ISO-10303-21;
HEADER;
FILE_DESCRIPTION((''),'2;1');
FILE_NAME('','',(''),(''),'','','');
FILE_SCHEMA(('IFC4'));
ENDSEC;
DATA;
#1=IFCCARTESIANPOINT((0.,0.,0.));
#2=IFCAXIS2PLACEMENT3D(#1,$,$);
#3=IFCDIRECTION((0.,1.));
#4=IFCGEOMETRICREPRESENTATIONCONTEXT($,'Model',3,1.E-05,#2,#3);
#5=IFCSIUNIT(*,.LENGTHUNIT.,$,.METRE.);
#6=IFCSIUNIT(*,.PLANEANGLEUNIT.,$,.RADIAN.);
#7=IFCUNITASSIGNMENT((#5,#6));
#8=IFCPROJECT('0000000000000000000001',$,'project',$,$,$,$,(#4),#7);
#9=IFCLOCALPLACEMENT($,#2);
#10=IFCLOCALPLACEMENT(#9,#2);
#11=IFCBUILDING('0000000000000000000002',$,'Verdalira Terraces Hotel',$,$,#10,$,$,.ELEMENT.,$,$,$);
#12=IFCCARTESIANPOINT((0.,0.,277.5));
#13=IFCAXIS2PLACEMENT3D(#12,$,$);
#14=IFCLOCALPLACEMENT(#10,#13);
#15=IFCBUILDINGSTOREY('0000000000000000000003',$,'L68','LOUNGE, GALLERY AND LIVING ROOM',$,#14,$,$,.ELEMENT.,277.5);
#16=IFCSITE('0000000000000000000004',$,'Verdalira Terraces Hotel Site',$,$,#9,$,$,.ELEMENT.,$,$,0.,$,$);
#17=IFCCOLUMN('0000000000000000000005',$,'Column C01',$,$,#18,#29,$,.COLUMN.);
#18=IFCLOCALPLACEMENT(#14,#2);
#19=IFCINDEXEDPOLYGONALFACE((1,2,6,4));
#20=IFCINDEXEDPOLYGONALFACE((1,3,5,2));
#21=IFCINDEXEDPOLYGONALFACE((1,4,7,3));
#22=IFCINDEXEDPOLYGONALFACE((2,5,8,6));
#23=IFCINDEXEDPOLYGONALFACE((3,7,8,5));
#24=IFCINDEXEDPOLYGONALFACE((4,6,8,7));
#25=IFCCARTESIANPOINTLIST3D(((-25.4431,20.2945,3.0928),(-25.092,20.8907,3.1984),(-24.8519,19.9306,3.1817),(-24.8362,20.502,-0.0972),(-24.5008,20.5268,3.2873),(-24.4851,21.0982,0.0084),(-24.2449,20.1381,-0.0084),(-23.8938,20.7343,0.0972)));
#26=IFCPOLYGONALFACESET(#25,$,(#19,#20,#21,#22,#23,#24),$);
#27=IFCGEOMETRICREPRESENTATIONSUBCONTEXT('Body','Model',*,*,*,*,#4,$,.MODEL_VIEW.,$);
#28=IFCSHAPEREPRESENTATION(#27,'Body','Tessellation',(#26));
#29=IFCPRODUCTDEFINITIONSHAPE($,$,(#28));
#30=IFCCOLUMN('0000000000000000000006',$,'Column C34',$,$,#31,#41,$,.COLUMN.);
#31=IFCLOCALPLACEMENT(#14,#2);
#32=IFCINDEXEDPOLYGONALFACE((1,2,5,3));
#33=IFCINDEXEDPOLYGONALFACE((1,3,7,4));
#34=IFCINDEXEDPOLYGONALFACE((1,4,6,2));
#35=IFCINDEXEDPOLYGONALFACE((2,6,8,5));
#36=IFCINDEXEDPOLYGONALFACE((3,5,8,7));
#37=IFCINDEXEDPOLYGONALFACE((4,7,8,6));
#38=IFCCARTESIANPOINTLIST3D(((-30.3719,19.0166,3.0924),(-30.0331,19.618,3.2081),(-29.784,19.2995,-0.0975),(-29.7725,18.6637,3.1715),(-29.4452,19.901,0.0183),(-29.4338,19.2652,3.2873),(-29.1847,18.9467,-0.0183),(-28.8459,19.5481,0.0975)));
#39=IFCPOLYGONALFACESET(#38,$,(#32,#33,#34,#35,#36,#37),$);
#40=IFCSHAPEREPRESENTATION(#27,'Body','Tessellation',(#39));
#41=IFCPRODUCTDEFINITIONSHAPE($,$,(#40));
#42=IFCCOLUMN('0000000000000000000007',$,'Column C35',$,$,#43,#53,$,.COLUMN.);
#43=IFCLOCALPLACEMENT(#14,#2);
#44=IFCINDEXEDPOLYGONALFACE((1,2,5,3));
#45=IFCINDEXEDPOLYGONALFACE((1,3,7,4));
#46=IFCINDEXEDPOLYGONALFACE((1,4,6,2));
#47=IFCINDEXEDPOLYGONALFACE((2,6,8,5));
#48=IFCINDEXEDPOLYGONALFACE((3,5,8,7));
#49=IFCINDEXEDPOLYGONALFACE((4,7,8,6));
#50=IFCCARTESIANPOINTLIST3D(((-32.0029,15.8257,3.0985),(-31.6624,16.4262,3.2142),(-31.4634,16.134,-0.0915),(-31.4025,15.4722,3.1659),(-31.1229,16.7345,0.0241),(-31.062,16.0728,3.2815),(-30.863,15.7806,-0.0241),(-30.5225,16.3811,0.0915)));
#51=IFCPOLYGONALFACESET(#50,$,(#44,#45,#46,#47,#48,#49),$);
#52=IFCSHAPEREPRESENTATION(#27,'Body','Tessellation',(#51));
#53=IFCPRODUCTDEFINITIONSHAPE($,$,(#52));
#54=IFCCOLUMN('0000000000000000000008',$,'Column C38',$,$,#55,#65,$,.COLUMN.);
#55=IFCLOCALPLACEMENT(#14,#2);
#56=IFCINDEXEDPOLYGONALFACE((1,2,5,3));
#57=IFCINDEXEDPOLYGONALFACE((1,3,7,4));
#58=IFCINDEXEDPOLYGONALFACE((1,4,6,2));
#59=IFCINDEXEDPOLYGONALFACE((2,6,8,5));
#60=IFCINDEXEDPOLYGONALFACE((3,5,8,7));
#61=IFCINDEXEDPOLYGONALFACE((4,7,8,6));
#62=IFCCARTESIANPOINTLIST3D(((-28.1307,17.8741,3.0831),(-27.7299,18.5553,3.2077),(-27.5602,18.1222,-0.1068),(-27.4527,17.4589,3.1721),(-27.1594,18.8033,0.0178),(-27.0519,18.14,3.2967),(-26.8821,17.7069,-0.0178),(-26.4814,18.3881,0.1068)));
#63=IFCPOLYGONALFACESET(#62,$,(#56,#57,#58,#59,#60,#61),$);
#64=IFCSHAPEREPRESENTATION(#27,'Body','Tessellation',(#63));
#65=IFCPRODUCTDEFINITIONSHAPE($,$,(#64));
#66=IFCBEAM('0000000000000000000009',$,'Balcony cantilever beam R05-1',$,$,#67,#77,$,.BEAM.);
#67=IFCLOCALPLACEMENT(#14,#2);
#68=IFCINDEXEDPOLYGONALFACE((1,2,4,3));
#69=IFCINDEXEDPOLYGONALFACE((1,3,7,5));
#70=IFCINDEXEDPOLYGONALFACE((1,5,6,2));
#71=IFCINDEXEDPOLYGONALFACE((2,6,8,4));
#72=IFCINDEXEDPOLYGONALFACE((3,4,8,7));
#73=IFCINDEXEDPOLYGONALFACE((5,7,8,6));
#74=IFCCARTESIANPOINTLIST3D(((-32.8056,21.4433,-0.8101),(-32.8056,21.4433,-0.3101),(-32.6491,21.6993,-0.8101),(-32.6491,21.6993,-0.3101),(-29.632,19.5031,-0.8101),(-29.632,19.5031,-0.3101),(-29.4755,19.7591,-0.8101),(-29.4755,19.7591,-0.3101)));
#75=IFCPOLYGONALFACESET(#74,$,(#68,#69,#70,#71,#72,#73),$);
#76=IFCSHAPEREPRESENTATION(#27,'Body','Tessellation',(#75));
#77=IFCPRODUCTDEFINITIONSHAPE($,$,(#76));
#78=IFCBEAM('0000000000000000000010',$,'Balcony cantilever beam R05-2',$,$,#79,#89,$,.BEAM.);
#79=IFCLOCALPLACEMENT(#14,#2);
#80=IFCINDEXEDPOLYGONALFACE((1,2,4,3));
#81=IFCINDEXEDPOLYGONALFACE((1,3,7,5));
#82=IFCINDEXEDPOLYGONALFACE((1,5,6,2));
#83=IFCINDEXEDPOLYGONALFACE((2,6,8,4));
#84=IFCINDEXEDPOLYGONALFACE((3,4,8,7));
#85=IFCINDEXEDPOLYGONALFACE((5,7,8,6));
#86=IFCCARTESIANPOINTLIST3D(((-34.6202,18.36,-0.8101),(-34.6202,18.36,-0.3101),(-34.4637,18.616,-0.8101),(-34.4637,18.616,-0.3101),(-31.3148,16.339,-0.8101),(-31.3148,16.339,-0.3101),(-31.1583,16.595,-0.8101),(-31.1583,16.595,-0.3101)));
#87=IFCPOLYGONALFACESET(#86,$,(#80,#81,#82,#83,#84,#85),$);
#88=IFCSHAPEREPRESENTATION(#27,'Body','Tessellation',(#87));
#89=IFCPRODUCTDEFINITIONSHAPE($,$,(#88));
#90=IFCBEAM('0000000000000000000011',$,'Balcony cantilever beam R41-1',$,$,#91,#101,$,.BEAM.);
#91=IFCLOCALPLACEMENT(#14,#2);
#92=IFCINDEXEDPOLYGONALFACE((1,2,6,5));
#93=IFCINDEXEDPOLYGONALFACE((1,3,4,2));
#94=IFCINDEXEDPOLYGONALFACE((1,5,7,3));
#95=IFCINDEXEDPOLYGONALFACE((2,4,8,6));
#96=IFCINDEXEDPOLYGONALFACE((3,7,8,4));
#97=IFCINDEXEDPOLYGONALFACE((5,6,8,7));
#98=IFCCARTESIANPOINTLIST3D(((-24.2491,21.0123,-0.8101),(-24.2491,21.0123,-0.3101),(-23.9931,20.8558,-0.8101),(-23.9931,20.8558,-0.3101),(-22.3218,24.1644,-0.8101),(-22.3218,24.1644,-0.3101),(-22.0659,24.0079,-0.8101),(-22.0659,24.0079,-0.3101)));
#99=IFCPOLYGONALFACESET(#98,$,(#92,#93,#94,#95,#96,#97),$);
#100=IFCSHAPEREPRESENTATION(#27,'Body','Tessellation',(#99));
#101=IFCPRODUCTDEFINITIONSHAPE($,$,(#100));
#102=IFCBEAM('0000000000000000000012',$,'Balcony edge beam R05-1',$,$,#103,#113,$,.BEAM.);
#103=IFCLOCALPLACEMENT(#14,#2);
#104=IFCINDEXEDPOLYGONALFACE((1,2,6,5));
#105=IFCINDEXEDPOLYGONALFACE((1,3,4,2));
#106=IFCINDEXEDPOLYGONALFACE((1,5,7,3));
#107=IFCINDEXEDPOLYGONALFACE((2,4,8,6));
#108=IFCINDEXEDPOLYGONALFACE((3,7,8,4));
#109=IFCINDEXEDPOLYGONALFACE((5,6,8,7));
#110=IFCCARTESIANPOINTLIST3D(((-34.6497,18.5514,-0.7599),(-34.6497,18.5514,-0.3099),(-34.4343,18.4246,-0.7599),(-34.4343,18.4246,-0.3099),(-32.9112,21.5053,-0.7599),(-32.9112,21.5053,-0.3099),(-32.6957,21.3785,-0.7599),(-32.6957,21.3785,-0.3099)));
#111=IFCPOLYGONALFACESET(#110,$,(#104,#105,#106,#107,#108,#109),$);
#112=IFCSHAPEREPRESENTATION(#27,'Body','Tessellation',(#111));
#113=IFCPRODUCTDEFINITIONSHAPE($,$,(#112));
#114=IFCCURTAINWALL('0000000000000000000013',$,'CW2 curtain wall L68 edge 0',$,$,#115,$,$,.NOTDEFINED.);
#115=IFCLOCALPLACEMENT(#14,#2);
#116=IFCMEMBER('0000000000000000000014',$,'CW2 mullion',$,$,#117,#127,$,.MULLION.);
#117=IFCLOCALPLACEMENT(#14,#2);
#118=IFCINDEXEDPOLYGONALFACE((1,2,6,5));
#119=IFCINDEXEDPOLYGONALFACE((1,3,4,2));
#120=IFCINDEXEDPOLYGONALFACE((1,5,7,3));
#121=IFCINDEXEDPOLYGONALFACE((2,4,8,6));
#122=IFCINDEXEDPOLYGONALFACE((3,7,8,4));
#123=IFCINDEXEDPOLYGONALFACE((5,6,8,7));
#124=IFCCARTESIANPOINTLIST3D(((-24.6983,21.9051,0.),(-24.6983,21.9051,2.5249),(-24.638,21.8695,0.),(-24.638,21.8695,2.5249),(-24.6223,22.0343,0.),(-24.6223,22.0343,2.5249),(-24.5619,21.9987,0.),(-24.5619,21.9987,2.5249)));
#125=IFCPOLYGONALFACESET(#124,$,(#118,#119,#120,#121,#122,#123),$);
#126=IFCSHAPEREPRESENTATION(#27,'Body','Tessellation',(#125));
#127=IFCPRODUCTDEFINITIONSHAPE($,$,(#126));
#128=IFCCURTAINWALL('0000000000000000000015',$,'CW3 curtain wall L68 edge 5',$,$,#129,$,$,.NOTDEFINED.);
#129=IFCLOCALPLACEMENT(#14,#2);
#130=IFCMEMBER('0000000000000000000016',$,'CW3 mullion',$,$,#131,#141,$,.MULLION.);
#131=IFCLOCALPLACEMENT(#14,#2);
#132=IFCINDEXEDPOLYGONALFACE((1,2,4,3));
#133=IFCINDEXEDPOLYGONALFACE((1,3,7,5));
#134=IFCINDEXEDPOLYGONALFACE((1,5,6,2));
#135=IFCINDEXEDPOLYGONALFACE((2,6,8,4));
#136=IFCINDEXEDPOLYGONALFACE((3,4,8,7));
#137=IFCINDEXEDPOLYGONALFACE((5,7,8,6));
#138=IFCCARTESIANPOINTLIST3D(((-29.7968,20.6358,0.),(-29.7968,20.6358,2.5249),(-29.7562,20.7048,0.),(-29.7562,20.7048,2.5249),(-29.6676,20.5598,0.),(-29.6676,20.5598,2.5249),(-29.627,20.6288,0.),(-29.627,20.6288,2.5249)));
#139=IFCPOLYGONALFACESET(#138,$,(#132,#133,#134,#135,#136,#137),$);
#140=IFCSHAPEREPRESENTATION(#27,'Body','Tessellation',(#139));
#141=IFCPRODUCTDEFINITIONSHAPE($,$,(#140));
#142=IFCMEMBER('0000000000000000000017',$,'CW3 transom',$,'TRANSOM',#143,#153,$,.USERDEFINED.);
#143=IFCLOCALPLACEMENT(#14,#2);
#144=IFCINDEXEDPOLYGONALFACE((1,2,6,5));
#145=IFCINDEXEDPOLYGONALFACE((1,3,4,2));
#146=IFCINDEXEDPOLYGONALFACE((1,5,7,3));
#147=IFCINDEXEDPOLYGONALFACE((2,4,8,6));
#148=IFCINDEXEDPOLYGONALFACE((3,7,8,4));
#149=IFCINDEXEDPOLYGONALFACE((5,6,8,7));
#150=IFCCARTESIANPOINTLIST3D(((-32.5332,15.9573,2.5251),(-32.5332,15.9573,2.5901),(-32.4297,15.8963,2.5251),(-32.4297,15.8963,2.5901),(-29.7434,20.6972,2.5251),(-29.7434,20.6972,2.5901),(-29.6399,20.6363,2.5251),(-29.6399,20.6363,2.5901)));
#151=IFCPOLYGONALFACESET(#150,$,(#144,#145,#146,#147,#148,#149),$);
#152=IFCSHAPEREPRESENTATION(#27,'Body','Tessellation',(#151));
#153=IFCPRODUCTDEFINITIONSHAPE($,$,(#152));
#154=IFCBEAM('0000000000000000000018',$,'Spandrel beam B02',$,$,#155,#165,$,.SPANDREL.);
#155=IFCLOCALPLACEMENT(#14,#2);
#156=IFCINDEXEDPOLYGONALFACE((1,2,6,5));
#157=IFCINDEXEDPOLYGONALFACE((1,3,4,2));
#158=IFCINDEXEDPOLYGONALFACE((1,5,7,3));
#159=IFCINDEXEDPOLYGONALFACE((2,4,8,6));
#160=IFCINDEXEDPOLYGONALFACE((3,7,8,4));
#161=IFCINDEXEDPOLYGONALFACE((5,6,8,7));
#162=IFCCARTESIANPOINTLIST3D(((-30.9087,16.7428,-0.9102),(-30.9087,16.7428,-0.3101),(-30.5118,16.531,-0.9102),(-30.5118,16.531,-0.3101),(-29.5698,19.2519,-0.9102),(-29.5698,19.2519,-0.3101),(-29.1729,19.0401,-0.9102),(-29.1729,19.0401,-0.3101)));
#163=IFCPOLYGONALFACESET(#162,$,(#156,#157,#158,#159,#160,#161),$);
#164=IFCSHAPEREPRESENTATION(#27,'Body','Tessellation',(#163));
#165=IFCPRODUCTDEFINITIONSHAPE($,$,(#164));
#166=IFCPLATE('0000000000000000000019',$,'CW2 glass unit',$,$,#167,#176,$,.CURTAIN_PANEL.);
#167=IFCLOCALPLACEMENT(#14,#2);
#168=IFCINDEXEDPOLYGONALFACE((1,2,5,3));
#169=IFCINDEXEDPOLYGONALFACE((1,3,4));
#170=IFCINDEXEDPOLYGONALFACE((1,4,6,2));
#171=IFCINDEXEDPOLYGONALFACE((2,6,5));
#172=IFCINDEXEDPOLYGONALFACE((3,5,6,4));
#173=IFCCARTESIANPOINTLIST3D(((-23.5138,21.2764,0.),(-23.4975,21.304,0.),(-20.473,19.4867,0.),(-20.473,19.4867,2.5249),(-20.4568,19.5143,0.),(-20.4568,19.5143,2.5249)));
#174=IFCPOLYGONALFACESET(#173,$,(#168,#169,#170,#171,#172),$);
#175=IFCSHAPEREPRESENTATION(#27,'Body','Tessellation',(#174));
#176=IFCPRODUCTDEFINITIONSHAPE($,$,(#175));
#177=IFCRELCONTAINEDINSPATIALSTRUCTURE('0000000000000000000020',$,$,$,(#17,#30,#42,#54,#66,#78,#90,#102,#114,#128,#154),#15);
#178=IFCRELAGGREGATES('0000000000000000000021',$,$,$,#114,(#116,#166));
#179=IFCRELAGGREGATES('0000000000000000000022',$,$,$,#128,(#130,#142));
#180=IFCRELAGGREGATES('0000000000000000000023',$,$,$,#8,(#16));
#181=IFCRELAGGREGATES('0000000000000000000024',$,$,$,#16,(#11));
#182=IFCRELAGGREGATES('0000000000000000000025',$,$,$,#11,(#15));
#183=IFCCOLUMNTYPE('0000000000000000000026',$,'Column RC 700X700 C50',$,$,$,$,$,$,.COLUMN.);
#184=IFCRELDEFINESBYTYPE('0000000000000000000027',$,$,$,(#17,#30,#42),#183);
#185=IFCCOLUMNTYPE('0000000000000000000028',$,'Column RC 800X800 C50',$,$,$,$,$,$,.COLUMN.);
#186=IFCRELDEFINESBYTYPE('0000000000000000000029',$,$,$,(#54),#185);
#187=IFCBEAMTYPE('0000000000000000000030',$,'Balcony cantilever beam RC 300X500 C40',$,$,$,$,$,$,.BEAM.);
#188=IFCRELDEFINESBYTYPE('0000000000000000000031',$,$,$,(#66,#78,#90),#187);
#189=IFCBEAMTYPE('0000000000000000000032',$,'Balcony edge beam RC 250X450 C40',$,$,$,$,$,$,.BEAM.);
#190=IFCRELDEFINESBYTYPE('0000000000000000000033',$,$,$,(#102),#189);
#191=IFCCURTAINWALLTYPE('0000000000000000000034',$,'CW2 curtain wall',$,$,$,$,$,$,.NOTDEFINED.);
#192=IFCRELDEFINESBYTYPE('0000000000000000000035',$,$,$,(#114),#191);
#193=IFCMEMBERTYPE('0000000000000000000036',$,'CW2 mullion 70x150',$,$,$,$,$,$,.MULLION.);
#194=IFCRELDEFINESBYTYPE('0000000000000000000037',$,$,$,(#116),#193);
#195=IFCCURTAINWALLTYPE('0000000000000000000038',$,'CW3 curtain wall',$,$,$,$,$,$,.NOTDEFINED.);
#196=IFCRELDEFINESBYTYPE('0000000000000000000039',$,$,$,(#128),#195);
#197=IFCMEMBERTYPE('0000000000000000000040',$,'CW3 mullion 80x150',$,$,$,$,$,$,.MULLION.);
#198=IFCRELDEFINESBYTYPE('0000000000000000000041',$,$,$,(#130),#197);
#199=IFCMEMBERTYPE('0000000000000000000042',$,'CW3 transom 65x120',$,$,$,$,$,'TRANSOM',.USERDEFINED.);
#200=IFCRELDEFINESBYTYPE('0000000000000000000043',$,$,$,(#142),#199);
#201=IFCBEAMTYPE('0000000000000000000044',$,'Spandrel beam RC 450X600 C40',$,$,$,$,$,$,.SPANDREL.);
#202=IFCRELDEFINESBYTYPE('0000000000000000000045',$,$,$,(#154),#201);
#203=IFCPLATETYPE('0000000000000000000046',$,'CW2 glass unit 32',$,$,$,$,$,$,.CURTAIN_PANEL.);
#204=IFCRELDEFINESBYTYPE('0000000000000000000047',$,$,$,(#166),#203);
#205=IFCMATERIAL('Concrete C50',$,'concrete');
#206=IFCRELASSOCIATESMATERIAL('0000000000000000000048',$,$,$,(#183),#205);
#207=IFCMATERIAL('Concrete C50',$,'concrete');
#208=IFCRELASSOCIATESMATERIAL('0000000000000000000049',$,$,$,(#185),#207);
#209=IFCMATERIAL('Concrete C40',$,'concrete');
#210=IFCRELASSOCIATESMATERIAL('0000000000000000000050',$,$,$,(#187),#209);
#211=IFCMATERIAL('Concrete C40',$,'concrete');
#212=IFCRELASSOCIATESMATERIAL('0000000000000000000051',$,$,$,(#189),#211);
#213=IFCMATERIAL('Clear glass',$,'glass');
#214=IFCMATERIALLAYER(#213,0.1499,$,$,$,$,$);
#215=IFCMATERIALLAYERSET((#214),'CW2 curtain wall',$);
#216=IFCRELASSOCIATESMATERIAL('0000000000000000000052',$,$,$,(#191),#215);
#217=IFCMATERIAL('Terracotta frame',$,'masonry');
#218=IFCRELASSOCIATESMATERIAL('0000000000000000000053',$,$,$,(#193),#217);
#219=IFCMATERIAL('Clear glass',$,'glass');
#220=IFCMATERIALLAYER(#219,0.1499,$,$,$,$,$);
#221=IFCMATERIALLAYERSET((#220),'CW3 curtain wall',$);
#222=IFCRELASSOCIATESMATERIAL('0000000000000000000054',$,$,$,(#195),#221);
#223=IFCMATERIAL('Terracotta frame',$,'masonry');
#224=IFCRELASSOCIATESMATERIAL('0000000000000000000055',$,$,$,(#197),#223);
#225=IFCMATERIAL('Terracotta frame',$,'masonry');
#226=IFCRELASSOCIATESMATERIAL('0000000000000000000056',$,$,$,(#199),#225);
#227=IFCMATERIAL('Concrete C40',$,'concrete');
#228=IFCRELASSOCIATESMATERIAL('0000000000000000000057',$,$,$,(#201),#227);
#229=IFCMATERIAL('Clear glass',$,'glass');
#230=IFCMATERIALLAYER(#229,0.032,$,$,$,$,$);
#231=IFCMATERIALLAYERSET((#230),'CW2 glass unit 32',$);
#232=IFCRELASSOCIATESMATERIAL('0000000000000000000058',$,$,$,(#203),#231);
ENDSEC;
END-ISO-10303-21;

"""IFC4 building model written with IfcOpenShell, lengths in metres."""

from ifc_helpers import new_model, si_unit, direction, frame, origin, origin_2d, place, context, subcontext, project, spatial, polyline, rectangle, outline, extrude, material, layer, layer_set, material_profile, profile_set, type_object, element, aggregate, save


model = new_model("IFC4")

# Units and contexts
model_context = context("Model", 3, precision=1e-05, world=origin(), true_north=direction((0.0, 1.0)))
body_context = subcontext(model_context, "Body", "Model", "MODEL_VIEW")
ifc_project = project(units=[si_unit("LENGTHUNIT", "METRE"), si_unit("PLANEANGLEUNIT", "RADIAN")], contexts=[model_context])

# Site, building, storey
site_placement = place(None, origin())
site = spatial("IfcSite", under=ifc_project, at=site_placement, Name="Verdalira Terraces Hotel Site", CompositionType="ELEMENT", RefElevation=0.0)
building_placement = place(site_placement, origin())
building = spatial("IfcBuilding", under=site, at=building_placement, Name="Verdalira Terraces Hotel", CompositionType="ELEMENT")
storey_placement = place(building_placement, frame((0.0, 0.0, 277.5)))
storey = spatial("IfcBuildingStorey", under=building, at=storey_placement, Name="L68", Description="LOUNGE, GALLERY AND LIVING ROOM", CompositionType="ELEMENT", Elevation=277.5)

# Columns
ifc_material_1 = material(Name="Concrete C50", Category="concrete")
ifc_material_profile_1 = material_profile(ifc_material_1, rectangle(XDim=0.7, YDim=0.7, at=origin_2d()), Name="RC 700X700")
ifc_profile_set_1 = profile_set([ifc_material_profile_1], Name="Concrete C50")
column_type_1 = type_object("IfcColumnType", Name="Column RC 700X700 C50", PredefinedType="COLUMN", material=ifc_profile_set_1)
column_1_placement = place(storey_placement, frame((-24.365, 20.6182, 0.0), z_axis=(-0.186531, -0.063778, 0.980377), x_axis=(-0.844745, 0.519905, -0.126903)))
element("IfcColumn", 1, at=column_1_placement, inside=storey, type_object=column_type_1, Name="Column C01", PredefinedType="COLUMN", context=body_context, shape_type="SweptSolid", body=[
    extrude(rectangle(XDim=0.7, YDim=0.7, at=origin_2d()), origin(), (0.0, 0.0, 1.0), 3.2539),
])
column_2_placement = place(storey_placement, frame((-29.3149, 19.4238, 0.0), z_axis=(-0.180557, -0.086904, 0.979718), x_axis=(-0.484014, -0.859282, -0.165423)))
element("IfcColumn", 2, at=column_2_placement, inside=storey, type_object=column_type_1, Name="Column C34", PredefinedType="COLUMN", context=body_context, shape_type="SweptSolid", body=[
    extrude(rectangle(XDim=0.7, YDim=0.7, at=origin_2d()), origin(), (0.0, 0.0, 1.0), 3.2559),
])
column_3_placement = place(storey_placement, frame((-30.9929, 16.2576, 0.0), z_axis=(-0.16602, -0.094879, 0.981547), x_axis=(-0.486462, -0.857939, -0.165212)))
element("IfcColumn", 3, at=column_3_placement, inside=storey, type_object=column_type_1, Name="Column C35", PredefinedType="COLUMN", context=body_context, shape_type="SweptSolid", body=[
    extrude(rectangle(XDim=0.7, YDim=0.7, at=origin_2d()), origin(), (0.0, 0.0, 1.0), 3.25),
])
ifc_material_2 = material(Name="Concrete C50", Category="concrete")
ifc_material_profile_2 = material_profile(ifc_material_2, rectangle(XDim=0.8, YDim=0.8, at=origin_2d()), Name="RC 800X800")
ifc_profile_set_2 = profile_set([ifc_material_profile_2], Name="Concrete C50")
column_type_2 = type_object("IfcColumnType", Name="Column RC 800X800 C50", PredefinedType="COLUMN", material=ifc_profile_set_2)
column_4_placement = place(storey_placement, frame((-27.0208, 18.2551, 0.0), z_axis=(-0.175553, -0.076321, 0.981507), x_axis=(-0.847508, 0.518998, -0.111229)))
element("IfcColumn", 4, at=column_4_placement, inside=storey, type_object=column_type_2, Name="Column C38", PredefinedType="COLUMN", context=body_context, shape_type="SweptSolid", body=[
    extrude(rectangle(XDim=0.8, YDim=0.8, at=origin_2d()), origin(), (0.0, 0.0, 1.0), 3.25),
])

# Beams
ifc_material_3 = material(Name="Concrete C40", Category="concrete")
ifc_material_profile_3 = material_profile(ifc_material_3, rectangle(XDim=0.3, YDim=0.5, at=origin_2d()), Name="RC 300X500")
ifc_profile_set_3 = profile_set([ifc_material_profile_3], Name="Concrete C40")
beam_type_1 = type_object("IfcBeamType", Name="Balcony cantilever beam RC 300X500 C40", PredefinedType="BEAM", material=ifc_profile_set_3)
beam_1_placement = place(storey_placement, frame((-29.5537, 19.6311, -0.5601), z_axis=(-0.853189, 0.521601, 0.0), x_axis=(-0.521601, -0.853189, 0.0)))
element("IfcBeam", 5, at=beam_1_placement, inside=storey, type_object=beam_type_1, Name="Balcony cantilever beam R05-1", PredefinedType="BEAM", context=body_context, shape_type="SweptSolid", body=[
    extrude(rectangle(XDim=0.3, YDim=0.5, at=origin_2d()), origin(), (0.0, 0.0, 1.0), 3.7197),
])
beam_2_placement = place(storey_placement, frame((-31.2366, 16.467, -0.5601), z_axis=(-0.853165, 0.521641, 0.0), x_axis=(-0.521641, -0.853165, 0.0)))
element("IfcBeam", 6, at=beam_2_placement, inside=storey, type_object=beam_type_1, Name="Balcony cantilever beam R05-2", PredefinedType="BEAM", context=body_context, shape_type="SweptSolid", body=[
    extrude(rectangle(XDim=0.3, YDim=0.5, at=origin_2d()), origin(), (0.0, 0.0, 1.0), 3.8743),
])
beam_3_placement = place(storey_placement, frame((-24.1211, 20.9341, -0.5601), z_axis=(0.52164, 0.853166, 0.0), x_axis=(-0.853166, 0.52164, 0.0)))
element("IfcBeam", 7, at=beam_3_placement, inside=storey, type_object=beam_type_1, Name="Balcony cantilever beam R41-1", PredefinedType="BEAM", context=body_context, shape_type="SweptSolid", body=[
    extrude(rectangle(XDim=0.3, YDim=0.5, at=origin_2d()), origin(), (0.0, 0.0, 1.0), 3.6946),
])
ifc_material_4 = material(Name="Concrete C40", Category="concrete")
ifc_material_profile_4 = material_profile(ifc_material_4, rectangle(XDim=0.25, YDim=0.45, at=origin_2d()), Name="RC 250X450")
ifc_profile_set_4 = profile_set([ifc_material_profile_4], Name="Concrete C40")
beam_type_2 = type_object("IfcBeamType", Name="Balcony edge beam RC 250X450 C40", PredefinedType="BEAM", material=ifc_profile_set_4)
beam_4_placement = place(storey_placement, frame((-32.8035, 21.4419, -0.5349), z_axis=(-0.507229, -0.861812, 0.0), x_axis=(0.861812, -0.507229, 0.0)))
element("IfcBeam", 8, at=beam_4_placement, inside=storey, type_object=beam_type_2, Name="Balcony edge beam R05-1", PredefinedType="BEAM", context=body_context, shape_type="SweptSolid", body=[
    extrude(rectangle(XDim=0.25, YDim=0.45, at=origin_2d()), origin(), (0.0, 0.0, 1.0), 3.4275),
])

# Curtain wall, member
ifc_material_5 = material(Name="Clear glass", Category="glass")
ifc_layer_1 = layer(ifc_material_5, 0.1499)
ifc_layer_set_1 = layer_set([ifc_layer_1], Name="CW2 curtain wall")
curtain_wall_type_1 = type_object("IfcCurtainWallType", Name="CW2 curtain wall", PredefinedType="NOTDEFINED", material=ifc_layer_set_1)
curtain_wall_1_placement = place(storey_placement, origin())
curtain_wall_1 = element("IfcCurtainWall", 9, at=curtain_wall_1_placement, inside=storey, type_object=curtain_wall_type_1, Name="CW2 curtain wall L68 edge 0", PredefinedType="NOTDEFINED")
ifc_material_6 = material(Name="Terracotta frame", Category="masonry")
ifc_material_profile_5 = material_profile(ifc_material_6, rectangle(XDim=0.0701, YDim=0.1499, at=origin_2d()), Name="MU 70x150")
ifc_profile_set_5 = profile_set([ifc_material_profile_5], Name="Terracotta frame")
member_type_1 = type_object("IfcMemberType", Name="CW2 mullion 70x150", PredefinedType="MULLION", material=ifc_profile_set_5)
member_1_placement = place(storey_placement, frame((-24.6301, 21.9519, 0.0), z_axis=(0.0, 0.0, 1.0), x_axis=(-0.861806, 0.507238, 0.0)))
member_1 = element("IfcMember", 10, at=member_1_placement, type_object=member_type_1, Name="CW2 mullion", PredefinedType="MULLION", context=body_context, shape_type="SweptSolid", body=[
    extrude(rectangle(XDim=0.0701, YDim=0.1499, at=origin_2d()), origin(), (0.0, 0.0, 1.0), 2.5249),
])

# Curtain wall, members
ifc_material_7 = material(Name="Clear glass", Category="glass")
ifc_layer_2 = layer(ifc_material_7, 0.1499)
ifc_layer_set_2 = layer_set([ifc_layer_2], Name="CW3 curtain wall")
curtain_wall_type_2 = type_object("IfcCurtainWallType", Name="CW3 curtain wall", PredefinedType="NOTDEFINED", material=ifc_layer_set_2)
curtain_wall_2_placement = place(storey_placement, origin())
curtain_wall_2 = element("IfcCurtainWall", 11, at=curtain_wall_2_placement, inside=storey, type_object=curtain_wall_type_2, Name="CW3 curtain wall L68 edge 5", PredefinedType="NOTDEFINED")
ifc_material_8 = material(Name="Terracotta frame", Category="masonry")
ifc_material_profile_6 = material_profile(ifc_material_8, rectangle(XDim=0.0801, YDim=0.1499, at=origin_2d()), Name="MU 80x150")
ifc_profile_set_6 = profile_set([ifc_material_profile_6], Name="Terracotta frame")
member_type_2 = type_object("IfcMemberType", Name="CW3 mullion 80x150", PredefinedType="MULLION", material=ifc_profile_set_6)
member_2_placement = place(storey_placement, frame((-29.7119, 20.6323, 0.0), z_axis=(0.0, 0.0, 1.0), x_axis=(-0.507238, -0.861806, 0.0)))
member_2 = element("IfcMember", 12, at=member_2_placement, type_object=member_type_2, Name="CW3 mullion", PredefinedType="MULLION", context=body_context, shape_type="SweptSolid", body=[
    extrude(rectangle(XDim=0.0801, YDim=0.1499, at=origin_2d()), origin(), (0.0, 0.0, 1.0), 2.5249),
])
ifc_material_9 = material(Name="Terracotta frame", Category="masonry")
ifc_material_profile_7 = material_profile(ifc_material_9, rectangle(XDim=0.1201, YDim=0.0649, at=origin_2d()), Name="TR 65x120")
ifc_profile_set_7 = profile_set([ifc_material_profile_7], Name="Terracotta frame")
member_type_3 = type_object("IfcMemberType", Name="CW3 transom 65x120", ElementType="TRANSOM", PredefinedType="USERDEFINED", material=ifc_profile_set_7)
member_3_placement = place(storey_placement, frame((-29.6916, 20.6667, 2.5576), z_axis=(-0.507232, -0.86181, 0.0), x_axis=(0.86181, -0.507232, 0.0)))
member_3 = element("IfcMember", 13, at=member_3_placement, type_object=member_type_3, Name="CW3 transom", ObjectType="TRANSOM", PredefinedType="USERDEFINED", context=body_context, shape_type="SweptSolid", body=[
    extrude(rectangle(XDim=0.1201, YDim=0.0649, at=origin_2d()), origin(), (0.0, 0.0, 1.0), 5.5),
])

# Beam
ifc_material_10 = material(Name="Concrete C40", Category="concrete")
ifc_material_profile_8 = material_profile(ifc_material_10, rectangle(XDim=0.45, YDim=0.6001, at=origin_2d()), Name="RC 450X600")
ifc_profile_set_8 = profile_set([ifc_material_profile_8], Name="Concrete C40")
beam_type_3 = type_object("IfcBeamType", Name="Spandrel beam RC 450X600 C40", PredefinedType="SPANDREL", material=ifc_profile_set_8)
beam_5_placement = place(storey_placement, frame((-29.3713, 19.146, -0.6101), z_axis=(-0.470784, -0.882248, 0.0), x_axis=(0.882248, -0.470784, 0.0)))
element("IfcBeam", 14, at=beam_5_placement, inside=storey, type_object=beam_type_3, Name="Spandrel beam B02", PredefinedType="SPANDREL", context=body_context, shape_type="SweptSolid", body=[
    extrude(rectangle(XDim=0.45, YDim=0.6001, at=origin_2d()), origin(), (0.0, 0.0, 1.0), 2.844),
])

# Plate
ifc_material_11 = material(Name="Clear glass", Category="glass")
ifc_layer_3 = layer(ifc_material_11, 0.032)
ifc_layer_set_3 = layer_set([ifc_layer_3], Name="CW2 glass unit 32")
plate_type_1 = type_object("IfcPlateType", Name="CW2 glass unit 32", PredefinedType="CURTAIN_PANEL", material=ifc_layer_set_3)
plate_1_placement = place(storey_placement, frame((-21.9934, 20.3816, 1.2625), z_axis=(0.507238, 0.861806, 0.0), x_axis=(-0.861806, 0.507238, 0.0)))
plate_1 = element("IfcPlate", 15, at=plate_1_placement, type_object=plate_type_1, Name="CW2 glass unit", PredefinedType="CURTAIN_PANEL", context=body_context, shape_type="SweptSolid", body=[
    extrude(outline(polyline([(-1.7642, -1.2625), (1.7642, -1.2625), (-1.7642, 1.2625), (-1.7642, -1.2625)])), origin(), (0.0, 0.0, 1.0), 0.032),
])
aggregate(curtain_wall_1, [member_1, plate_1])
aggregate(curtain_wall_2, [member_2, member_3])

save(model, "model.ifc")
